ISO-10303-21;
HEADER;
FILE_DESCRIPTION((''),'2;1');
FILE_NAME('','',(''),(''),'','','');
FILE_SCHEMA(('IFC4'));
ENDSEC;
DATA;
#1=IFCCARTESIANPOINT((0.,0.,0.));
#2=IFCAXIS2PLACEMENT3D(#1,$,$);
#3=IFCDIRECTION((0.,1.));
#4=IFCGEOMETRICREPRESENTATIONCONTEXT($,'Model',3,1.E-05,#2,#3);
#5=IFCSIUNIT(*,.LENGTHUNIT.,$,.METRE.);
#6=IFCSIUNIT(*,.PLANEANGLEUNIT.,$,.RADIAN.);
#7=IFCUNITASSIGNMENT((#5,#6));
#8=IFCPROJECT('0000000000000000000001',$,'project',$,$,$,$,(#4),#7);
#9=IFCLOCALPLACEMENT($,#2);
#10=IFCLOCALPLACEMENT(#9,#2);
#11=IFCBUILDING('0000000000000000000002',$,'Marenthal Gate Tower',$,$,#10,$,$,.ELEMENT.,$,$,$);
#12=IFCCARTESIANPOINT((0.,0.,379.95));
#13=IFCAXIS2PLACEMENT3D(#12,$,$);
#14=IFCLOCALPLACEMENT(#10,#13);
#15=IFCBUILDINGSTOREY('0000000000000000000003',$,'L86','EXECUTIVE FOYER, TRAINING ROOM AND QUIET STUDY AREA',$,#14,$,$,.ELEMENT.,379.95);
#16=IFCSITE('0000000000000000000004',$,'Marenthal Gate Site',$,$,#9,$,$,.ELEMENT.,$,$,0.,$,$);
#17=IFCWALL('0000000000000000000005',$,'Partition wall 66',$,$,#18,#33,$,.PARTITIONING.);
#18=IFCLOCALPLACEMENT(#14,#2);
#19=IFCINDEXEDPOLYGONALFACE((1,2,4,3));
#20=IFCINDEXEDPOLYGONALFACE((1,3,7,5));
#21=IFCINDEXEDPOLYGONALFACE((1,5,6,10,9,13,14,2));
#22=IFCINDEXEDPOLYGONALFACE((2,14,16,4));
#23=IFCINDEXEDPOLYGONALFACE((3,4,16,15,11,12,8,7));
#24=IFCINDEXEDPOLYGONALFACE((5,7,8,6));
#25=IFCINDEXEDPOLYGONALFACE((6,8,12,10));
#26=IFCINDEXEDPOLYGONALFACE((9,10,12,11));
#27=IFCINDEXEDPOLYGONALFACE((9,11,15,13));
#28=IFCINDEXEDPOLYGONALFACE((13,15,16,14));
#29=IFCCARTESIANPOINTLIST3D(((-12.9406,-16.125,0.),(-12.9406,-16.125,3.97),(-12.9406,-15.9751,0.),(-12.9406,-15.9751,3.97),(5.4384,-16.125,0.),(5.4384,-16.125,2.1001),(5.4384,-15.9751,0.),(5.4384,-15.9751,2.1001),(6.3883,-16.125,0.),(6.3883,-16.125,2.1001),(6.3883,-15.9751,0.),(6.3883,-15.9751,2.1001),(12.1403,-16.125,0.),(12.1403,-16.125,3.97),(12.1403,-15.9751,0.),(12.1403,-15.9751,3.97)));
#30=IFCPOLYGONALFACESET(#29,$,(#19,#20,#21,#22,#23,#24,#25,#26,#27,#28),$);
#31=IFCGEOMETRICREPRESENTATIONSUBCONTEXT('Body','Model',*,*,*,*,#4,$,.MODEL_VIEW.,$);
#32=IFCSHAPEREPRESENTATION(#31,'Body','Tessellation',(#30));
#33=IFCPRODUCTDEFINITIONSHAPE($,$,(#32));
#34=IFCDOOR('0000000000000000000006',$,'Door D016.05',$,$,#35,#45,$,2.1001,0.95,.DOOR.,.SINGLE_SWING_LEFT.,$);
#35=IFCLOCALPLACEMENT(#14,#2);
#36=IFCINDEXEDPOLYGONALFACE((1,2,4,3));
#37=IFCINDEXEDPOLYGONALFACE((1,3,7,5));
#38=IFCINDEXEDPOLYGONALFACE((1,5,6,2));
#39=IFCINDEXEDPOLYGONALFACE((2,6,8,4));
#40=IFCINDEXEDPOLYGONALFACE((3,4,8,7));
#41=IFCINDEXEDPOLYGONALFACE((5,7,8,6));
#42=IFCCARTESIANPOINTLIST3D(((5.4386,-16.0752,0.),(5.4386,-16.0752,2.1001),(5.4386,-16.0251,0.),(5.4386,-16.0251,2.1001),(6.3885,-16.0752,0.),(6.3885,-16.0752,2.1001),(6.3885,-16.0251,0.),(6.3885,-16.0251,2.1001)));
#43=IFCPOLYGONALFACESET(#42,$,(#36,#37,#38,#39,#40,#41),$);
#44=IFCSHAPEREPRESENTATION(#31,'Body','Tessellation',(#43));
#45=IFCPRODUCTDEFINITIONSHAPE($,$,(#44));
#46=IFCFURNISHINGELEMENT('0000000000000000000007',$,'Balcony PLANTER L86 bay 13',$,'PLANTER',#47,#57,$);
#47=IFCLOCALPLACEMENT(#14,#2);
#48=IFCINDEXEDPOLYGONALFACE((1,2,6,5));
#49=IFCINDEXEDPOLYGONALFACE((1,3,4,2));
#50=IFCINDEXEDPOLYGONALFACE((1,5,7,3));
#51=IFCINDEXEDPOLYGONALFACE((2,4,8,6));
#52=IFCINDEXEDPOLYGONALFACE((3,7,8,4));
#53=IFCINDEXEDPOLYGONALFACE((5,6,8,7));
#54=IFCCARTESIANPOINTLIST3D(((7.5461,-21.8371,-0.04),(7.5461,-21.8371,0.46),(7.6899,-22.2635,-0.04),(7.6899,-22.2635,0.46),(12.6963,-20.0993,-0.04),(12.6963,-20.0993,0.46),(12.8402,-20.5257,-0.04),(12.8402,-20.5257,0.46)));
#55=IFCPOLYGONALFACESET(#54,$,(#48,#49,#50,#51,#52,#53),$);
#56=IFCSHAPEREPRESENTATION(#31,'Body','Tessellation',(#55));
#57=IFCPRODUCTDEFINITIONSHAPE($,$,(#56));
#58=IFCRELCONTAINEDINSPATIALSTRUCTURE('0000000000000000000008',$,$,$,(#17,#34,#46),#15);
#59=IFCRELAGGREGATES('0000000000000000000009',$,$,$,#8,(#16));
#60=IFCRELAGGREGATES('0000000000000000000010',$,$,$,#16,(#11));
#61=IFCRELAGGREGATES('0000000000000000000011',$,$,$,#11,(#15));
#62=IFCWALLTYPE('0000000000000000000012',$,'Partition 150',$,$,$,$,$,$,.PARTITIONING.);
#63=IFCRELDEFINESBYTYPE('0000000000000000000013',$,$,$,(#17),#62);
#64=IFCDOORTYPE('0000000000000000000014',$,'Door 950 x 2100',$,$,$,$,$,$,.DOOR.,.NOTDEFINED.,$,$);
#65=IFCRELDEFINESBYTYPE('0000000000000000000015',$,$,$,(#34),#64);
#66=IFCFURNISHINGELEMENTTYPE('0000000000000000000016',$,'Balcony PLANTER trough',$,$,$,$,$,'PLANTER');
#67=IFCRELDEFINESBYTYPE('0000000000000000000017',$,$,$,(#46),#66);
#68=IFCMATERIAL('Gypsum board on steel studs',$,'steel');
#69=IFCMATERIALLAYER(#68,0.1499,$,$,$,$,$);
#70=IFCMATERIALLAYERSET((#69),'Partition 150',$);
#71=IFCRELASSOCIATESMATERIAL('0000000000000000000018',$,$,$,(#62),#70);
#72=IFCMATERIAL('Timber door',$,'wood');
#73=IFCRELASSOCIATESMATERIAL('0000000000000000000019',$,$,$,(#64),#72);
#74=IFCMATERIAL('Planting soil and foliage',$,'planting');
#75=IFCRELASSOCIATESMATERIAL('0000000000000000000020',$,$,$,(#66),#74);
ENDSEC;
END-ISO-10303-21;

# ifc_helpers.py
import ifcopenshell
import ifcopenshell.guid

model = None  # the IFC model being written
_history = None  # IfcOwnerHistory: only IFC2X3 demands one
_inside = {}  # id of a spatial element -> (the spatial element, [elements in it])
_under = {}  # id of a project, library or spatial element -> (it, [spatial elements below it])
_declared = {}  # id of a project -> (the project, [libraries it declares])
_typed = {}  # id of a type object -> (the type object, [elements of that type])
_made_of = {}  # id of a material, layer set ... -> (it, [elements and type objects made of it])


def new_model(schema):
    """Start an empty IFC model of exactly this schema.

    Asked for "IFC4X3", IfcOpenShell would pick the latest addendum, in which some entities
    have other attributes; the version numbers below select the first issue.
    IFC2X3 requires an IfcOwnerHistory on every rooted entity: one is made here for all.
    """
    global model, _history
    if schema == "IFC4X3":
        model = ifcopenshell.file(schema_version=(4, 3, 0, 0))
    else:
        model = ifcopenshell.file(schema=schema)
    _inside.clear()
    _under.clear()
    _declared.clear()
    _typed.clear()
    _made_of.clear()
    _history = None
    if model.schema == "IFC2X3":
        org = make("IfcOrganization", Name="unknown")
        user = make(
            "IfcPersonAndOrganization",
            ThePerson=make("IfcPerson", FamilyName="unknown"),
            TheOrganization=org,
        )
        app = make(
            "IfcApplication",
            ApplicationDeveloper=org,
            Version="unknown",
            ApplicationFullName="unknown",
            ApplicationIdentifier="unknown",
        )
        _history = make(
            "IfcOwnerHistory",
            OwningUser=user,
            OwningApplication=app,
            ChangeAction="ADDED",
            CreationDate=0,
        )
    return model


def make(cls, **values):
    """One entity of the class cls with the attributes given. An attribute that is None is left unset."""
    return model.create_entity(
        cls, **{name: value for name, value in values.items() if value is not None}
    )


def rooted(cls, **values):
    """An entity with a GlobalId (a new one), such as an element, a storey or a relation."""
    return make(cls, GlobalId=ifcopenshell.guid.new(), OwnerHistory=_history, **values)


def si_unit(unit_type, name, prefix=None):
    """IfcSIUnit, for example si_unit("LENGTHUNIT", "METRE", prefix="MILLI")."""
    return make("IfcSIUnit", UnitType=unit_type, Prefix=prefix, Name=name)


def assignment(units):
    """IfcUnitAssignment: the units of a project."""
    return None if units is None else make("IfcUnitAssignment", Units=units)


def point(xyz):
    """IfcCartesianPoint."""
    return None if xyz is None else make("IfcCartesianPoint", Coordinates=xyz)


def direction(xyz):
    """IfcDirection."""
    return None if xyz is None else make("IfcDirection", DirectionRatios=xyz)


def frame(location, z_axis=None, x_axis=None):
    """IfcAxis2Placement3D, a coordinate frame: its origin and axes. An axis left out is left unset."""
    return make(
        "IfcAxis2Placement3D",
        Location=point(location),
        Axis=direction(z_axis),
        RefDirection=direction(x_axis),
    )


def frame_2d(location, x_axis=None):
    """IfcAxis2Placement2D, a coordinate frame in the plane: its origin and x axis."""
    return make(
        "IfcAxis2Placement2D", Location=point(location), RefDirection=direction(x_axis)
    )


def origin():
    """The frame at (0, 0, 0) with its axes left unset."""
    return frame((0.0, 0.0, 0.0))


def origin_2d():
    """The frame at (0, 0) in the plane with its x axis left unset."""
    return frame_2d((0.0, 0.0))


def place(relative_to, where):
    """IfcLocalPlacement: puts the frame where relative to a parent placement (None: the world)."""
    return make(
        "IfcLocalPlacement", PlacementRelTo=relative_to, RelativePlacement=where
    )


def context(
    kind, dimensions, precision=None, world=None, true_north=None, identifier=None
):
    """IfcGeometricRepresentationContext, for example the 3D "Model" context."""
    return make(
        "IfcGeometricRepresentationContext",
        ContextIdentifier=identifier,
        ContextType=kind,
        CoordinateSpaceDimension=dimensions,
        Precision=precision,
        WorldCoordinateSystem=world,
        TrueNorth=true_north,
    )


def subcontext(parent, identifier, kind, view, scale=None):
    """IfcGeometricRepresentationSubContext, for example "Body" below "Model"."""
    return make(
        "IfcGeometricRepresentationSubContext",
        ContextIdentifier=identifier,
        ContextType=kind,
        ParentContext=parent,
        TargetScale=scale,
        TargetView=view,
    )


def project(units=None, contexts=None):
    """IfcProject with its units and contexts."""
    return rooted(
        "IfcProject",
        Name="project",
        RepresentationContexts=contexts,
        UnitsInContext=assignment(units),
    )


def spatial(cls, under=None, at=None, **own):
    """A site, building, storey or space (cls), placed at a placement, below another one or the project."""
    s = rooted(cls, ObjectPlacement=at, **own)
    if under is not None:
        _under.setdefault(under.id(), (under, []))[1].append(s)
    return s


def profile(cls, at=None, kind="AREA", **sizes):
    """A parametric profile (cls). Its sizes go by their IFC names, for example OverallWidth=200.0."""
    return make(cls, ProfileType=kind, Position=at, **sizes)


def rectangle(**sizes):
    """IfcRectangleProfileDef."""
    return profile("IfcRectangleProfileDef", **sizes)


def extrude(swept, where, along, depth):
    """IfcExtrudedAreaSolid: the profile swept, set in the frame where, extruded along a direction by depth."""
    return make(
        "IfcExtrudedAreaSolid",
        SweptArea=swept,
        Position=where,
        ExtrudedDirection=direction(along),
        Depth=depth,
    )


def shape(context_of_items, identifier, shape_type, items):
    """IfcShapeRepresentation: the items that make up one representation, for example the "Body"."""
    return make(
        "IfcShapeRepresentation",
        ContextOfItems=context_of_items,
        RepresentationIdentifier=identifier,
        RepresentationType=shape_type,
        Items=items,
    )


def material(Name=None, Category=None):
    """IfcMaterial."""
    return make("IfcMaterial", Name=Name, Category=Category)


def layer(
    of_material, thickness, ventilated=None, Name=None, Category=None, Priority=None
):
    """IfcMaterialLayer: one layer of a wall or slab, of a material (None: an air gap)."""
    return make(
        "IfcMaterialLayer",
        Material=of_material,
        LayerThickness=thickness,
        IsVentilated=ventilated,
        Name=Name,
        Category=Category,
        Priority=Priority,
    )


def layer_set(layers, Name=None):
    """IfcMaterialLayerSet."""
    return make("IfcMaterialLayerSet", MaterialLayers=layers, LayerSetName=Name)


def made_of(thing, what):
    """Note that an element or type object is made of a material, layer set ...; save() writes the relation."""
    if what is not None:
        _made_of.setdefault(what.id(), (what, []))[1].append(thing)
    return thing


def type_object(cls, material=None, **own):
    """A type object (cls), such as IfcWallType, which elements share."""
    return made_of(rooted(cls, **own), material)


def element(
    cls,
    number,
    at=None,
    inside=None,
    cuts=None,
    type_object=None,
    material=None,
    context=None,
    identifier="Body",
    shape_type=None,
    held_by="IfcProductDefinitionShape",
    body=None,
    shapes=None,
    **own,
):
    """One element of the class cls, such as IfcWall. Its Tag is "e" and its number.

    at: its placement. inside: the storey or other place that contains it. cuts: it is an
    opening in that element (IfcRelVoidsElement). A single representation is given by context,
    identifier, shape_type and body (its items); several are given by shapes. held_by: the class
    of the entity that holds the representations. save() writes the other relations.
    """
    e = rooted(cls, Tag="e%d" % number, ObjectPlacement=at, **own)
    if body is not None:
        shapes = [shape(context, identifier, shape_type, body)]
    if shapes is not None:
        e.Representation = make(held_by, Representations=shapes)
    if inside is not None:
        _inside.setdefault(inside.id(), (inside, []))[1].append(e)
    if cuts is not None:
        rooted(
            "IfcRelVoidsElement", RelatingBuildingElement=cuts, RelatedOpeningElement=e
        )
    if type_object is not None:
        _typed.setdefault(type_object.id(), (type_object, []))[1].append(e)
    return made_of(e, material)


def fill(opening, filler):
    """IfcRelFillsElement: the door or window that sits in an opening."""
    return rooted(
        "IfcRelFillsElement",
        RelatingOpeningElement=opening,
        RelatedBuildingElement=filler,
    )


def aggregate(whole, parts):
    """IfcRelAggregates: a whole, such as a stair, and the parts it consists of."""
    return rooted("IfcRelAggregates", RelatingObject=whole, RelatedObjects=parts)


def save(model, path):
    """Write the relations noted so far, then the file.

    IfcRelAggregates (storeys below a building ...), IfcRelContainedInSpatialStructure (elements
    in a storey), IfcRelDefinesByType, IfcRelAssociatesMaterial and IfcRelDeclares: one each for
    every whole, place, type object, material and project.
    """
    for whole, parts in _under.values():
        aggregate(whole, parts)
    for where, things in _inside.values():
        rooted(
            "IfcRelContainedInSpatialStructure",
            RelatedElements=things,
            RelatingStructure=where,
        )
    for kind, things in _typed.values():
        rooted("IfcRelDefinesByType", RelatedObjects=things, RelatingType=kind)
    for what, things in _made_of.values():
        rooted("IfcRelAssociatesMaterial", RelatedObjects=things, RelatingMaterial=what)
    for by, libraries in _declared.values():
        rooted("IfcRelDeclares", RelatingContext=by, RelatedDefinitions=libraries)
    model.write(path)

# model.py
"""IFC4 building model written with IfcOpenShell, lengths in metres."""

from ifc_helpers import new_model, si_unit, direction, frame, frame_2d, origin, origin_2d, place, context, subcontext, project, spatial, rectangle, extrude, material, layer, layer_set, type_object, element, fill, save


model = new_model("IFC4")

# Units and contexts
model_context = context("Model", 3, precision=1e-05, world=origin(), true_north=direction((0.0, 1.0)))
body_context = subcontext(model_context, "Body", "Model", "MODEL_VIEW")
ifc_project = project(units=[si_unit("LENGTHUNIT", "METRE"), si_unit("PLANEANGLEUNIT", "RADIAN")], contexts=[model_context])

# Site, building, storey
site_placement = place(None, origin())
site = spatial("IfcSite", under=ifc_project, at=site_placement, Name="Marenthal Gate Site", CompositionType="ELEMENT", RefElevation=0.0)
building_placement = place(site_placement, origin())
building = spatial("IfcBuilding", under=site, at=building_placement, Name="Marenthal Gate Tower", CompositionType="ELEMENT")
storey_placement = place(building_placement, frame((0.0, 0.0, 379.95)))
storey = spatial("IfcBuildingStorey", under=building, at=storey_placement, Name="L86", Description="EXECUTIVE FOYER, TRAINING ROOM AND QUIET STUDY AREA", CompositionType="ELEMENT", Elevation=379.95)

# Shared definitions
ifc_material_1 = material(Name="Gypsum board on steel studs", Category="steel")
ifc_layer_1 = layer(ifc_material_1, 0.1499)
ifc_layer_set_1 = layer_set([ifc_layer_1], Name="Partition 150")
wall_type_1 = type_object("IfcWallType", Name="Partition 150", PredefinedType="PARTITIONING", material=ifc_layer_set_1)

# Wall, opening, door
wall_1_placement = place(storey_placement, frame((12.1404, -16.05, 0.0), z_axis=(0.0, 0.0, 1.0), x_axis=(-1.0, 0.0, 0.0)))
wall_1 = element("IfcWall", 1, at=wall_1_placement, inside=storey, type_object=wall_type_1, Name="Partition wall 66", PredefinedType="PARTITIONING", context=body_context, shape_type="SweptSolid", body=[
    extrude(rectangle(XDim=25.0808, YDim=0.1499, at=frame_2d((12.5405, 0.0))), origin(), (0.0, 0.0, 1.0), 3.97),
])
opening_1_placement = place(wall_1_placement, frame((5.752, 0.0, 0.0)))
opening_1 = element("IfcOpeningElement", 2, at=opening_1_placement, cuts=wall_1, PredefinedType="OPENING", context=body_context, shape_type="SweptSolid", body=[
    extrude(rectangle(XDim=0.95, YDim=2.1001, at=frame_2d((0.4751, 1.05))), frame((0.0, 0.085, 0.0), z_axis=(0.0, -1.0, 0.0), x_axis=(1.0, 0.0, 0.0)), (0.0, 0.0, 1.0), 0.1699),
])
ifc_material_2 = material(Name="Timber door", Category="wood")
door_type_1 = type_object("IfcDoorType", Name="Door 950 x 2100", OperationType="NOTDEFINED", PredefinedType="DOOR", material=ifc_material_2)
door_1_placement = place(opening_1_placement, frame((0.95, 0.0, 0.0), z_axis=(0.0, 0.0, 1.0), x_axis=(-1.0, 0.0, 0.0)))
door_1 = element("IfcDoor", 3, at=door_1_placement, inside=storey, type_object=door_type_1, Name="Door D016.05", OperationType="SINGLE_SWING_LEFT", OverallHeight=2.1001, OverallWidth=0.95, PredefinedType="DOOR", context=body_context, shape_type="SweptSolid", body=[
    extrude(rectangle(XDim=0.95, YDim=2.1001, at=frame_2d((0.4751, 1.05))), frame((0.0, 0.0249, 0.0), z_axis=(0.0, -1.0, 0.0), x_axis=(1.0, 0.0, 0.0)), (0.0, 0.0, 1.0), 0.05),
])
fill(opening_1, door_1)

# Furnishing element
ifc_material_3 = material(Name="Planting soil and foliage", Category="planting")
furnishing_element_type = type_object("IfcFurnishingElementType", Name="Balcony PLANTER trough", ElementType="PLANTER", material=ifc_material_3)
furnishing_placement = place(storey_placement, frame((10.1931, -21.1814, -0.04), z_axis=(0.0, 0.0, 1.0), x_axis=(0.947516, 0.319708, 0.0)))
element("IfcFurnishingElement", 4, at=furnishing_placement, inside=storey, type_object=furnishing_element_type, Name="Balcony PLANTER L86 bay 13", ObjectType="PLANTER", context=body_context, shape_type="SweptSolid", body=[
    extrude(rectangle(XDim=5.4355, YDim=0.45, at=origin_2d()), origin(), (0.0, 0.0, 1.0), 0.5),
])

save(model, "model.ifc")
